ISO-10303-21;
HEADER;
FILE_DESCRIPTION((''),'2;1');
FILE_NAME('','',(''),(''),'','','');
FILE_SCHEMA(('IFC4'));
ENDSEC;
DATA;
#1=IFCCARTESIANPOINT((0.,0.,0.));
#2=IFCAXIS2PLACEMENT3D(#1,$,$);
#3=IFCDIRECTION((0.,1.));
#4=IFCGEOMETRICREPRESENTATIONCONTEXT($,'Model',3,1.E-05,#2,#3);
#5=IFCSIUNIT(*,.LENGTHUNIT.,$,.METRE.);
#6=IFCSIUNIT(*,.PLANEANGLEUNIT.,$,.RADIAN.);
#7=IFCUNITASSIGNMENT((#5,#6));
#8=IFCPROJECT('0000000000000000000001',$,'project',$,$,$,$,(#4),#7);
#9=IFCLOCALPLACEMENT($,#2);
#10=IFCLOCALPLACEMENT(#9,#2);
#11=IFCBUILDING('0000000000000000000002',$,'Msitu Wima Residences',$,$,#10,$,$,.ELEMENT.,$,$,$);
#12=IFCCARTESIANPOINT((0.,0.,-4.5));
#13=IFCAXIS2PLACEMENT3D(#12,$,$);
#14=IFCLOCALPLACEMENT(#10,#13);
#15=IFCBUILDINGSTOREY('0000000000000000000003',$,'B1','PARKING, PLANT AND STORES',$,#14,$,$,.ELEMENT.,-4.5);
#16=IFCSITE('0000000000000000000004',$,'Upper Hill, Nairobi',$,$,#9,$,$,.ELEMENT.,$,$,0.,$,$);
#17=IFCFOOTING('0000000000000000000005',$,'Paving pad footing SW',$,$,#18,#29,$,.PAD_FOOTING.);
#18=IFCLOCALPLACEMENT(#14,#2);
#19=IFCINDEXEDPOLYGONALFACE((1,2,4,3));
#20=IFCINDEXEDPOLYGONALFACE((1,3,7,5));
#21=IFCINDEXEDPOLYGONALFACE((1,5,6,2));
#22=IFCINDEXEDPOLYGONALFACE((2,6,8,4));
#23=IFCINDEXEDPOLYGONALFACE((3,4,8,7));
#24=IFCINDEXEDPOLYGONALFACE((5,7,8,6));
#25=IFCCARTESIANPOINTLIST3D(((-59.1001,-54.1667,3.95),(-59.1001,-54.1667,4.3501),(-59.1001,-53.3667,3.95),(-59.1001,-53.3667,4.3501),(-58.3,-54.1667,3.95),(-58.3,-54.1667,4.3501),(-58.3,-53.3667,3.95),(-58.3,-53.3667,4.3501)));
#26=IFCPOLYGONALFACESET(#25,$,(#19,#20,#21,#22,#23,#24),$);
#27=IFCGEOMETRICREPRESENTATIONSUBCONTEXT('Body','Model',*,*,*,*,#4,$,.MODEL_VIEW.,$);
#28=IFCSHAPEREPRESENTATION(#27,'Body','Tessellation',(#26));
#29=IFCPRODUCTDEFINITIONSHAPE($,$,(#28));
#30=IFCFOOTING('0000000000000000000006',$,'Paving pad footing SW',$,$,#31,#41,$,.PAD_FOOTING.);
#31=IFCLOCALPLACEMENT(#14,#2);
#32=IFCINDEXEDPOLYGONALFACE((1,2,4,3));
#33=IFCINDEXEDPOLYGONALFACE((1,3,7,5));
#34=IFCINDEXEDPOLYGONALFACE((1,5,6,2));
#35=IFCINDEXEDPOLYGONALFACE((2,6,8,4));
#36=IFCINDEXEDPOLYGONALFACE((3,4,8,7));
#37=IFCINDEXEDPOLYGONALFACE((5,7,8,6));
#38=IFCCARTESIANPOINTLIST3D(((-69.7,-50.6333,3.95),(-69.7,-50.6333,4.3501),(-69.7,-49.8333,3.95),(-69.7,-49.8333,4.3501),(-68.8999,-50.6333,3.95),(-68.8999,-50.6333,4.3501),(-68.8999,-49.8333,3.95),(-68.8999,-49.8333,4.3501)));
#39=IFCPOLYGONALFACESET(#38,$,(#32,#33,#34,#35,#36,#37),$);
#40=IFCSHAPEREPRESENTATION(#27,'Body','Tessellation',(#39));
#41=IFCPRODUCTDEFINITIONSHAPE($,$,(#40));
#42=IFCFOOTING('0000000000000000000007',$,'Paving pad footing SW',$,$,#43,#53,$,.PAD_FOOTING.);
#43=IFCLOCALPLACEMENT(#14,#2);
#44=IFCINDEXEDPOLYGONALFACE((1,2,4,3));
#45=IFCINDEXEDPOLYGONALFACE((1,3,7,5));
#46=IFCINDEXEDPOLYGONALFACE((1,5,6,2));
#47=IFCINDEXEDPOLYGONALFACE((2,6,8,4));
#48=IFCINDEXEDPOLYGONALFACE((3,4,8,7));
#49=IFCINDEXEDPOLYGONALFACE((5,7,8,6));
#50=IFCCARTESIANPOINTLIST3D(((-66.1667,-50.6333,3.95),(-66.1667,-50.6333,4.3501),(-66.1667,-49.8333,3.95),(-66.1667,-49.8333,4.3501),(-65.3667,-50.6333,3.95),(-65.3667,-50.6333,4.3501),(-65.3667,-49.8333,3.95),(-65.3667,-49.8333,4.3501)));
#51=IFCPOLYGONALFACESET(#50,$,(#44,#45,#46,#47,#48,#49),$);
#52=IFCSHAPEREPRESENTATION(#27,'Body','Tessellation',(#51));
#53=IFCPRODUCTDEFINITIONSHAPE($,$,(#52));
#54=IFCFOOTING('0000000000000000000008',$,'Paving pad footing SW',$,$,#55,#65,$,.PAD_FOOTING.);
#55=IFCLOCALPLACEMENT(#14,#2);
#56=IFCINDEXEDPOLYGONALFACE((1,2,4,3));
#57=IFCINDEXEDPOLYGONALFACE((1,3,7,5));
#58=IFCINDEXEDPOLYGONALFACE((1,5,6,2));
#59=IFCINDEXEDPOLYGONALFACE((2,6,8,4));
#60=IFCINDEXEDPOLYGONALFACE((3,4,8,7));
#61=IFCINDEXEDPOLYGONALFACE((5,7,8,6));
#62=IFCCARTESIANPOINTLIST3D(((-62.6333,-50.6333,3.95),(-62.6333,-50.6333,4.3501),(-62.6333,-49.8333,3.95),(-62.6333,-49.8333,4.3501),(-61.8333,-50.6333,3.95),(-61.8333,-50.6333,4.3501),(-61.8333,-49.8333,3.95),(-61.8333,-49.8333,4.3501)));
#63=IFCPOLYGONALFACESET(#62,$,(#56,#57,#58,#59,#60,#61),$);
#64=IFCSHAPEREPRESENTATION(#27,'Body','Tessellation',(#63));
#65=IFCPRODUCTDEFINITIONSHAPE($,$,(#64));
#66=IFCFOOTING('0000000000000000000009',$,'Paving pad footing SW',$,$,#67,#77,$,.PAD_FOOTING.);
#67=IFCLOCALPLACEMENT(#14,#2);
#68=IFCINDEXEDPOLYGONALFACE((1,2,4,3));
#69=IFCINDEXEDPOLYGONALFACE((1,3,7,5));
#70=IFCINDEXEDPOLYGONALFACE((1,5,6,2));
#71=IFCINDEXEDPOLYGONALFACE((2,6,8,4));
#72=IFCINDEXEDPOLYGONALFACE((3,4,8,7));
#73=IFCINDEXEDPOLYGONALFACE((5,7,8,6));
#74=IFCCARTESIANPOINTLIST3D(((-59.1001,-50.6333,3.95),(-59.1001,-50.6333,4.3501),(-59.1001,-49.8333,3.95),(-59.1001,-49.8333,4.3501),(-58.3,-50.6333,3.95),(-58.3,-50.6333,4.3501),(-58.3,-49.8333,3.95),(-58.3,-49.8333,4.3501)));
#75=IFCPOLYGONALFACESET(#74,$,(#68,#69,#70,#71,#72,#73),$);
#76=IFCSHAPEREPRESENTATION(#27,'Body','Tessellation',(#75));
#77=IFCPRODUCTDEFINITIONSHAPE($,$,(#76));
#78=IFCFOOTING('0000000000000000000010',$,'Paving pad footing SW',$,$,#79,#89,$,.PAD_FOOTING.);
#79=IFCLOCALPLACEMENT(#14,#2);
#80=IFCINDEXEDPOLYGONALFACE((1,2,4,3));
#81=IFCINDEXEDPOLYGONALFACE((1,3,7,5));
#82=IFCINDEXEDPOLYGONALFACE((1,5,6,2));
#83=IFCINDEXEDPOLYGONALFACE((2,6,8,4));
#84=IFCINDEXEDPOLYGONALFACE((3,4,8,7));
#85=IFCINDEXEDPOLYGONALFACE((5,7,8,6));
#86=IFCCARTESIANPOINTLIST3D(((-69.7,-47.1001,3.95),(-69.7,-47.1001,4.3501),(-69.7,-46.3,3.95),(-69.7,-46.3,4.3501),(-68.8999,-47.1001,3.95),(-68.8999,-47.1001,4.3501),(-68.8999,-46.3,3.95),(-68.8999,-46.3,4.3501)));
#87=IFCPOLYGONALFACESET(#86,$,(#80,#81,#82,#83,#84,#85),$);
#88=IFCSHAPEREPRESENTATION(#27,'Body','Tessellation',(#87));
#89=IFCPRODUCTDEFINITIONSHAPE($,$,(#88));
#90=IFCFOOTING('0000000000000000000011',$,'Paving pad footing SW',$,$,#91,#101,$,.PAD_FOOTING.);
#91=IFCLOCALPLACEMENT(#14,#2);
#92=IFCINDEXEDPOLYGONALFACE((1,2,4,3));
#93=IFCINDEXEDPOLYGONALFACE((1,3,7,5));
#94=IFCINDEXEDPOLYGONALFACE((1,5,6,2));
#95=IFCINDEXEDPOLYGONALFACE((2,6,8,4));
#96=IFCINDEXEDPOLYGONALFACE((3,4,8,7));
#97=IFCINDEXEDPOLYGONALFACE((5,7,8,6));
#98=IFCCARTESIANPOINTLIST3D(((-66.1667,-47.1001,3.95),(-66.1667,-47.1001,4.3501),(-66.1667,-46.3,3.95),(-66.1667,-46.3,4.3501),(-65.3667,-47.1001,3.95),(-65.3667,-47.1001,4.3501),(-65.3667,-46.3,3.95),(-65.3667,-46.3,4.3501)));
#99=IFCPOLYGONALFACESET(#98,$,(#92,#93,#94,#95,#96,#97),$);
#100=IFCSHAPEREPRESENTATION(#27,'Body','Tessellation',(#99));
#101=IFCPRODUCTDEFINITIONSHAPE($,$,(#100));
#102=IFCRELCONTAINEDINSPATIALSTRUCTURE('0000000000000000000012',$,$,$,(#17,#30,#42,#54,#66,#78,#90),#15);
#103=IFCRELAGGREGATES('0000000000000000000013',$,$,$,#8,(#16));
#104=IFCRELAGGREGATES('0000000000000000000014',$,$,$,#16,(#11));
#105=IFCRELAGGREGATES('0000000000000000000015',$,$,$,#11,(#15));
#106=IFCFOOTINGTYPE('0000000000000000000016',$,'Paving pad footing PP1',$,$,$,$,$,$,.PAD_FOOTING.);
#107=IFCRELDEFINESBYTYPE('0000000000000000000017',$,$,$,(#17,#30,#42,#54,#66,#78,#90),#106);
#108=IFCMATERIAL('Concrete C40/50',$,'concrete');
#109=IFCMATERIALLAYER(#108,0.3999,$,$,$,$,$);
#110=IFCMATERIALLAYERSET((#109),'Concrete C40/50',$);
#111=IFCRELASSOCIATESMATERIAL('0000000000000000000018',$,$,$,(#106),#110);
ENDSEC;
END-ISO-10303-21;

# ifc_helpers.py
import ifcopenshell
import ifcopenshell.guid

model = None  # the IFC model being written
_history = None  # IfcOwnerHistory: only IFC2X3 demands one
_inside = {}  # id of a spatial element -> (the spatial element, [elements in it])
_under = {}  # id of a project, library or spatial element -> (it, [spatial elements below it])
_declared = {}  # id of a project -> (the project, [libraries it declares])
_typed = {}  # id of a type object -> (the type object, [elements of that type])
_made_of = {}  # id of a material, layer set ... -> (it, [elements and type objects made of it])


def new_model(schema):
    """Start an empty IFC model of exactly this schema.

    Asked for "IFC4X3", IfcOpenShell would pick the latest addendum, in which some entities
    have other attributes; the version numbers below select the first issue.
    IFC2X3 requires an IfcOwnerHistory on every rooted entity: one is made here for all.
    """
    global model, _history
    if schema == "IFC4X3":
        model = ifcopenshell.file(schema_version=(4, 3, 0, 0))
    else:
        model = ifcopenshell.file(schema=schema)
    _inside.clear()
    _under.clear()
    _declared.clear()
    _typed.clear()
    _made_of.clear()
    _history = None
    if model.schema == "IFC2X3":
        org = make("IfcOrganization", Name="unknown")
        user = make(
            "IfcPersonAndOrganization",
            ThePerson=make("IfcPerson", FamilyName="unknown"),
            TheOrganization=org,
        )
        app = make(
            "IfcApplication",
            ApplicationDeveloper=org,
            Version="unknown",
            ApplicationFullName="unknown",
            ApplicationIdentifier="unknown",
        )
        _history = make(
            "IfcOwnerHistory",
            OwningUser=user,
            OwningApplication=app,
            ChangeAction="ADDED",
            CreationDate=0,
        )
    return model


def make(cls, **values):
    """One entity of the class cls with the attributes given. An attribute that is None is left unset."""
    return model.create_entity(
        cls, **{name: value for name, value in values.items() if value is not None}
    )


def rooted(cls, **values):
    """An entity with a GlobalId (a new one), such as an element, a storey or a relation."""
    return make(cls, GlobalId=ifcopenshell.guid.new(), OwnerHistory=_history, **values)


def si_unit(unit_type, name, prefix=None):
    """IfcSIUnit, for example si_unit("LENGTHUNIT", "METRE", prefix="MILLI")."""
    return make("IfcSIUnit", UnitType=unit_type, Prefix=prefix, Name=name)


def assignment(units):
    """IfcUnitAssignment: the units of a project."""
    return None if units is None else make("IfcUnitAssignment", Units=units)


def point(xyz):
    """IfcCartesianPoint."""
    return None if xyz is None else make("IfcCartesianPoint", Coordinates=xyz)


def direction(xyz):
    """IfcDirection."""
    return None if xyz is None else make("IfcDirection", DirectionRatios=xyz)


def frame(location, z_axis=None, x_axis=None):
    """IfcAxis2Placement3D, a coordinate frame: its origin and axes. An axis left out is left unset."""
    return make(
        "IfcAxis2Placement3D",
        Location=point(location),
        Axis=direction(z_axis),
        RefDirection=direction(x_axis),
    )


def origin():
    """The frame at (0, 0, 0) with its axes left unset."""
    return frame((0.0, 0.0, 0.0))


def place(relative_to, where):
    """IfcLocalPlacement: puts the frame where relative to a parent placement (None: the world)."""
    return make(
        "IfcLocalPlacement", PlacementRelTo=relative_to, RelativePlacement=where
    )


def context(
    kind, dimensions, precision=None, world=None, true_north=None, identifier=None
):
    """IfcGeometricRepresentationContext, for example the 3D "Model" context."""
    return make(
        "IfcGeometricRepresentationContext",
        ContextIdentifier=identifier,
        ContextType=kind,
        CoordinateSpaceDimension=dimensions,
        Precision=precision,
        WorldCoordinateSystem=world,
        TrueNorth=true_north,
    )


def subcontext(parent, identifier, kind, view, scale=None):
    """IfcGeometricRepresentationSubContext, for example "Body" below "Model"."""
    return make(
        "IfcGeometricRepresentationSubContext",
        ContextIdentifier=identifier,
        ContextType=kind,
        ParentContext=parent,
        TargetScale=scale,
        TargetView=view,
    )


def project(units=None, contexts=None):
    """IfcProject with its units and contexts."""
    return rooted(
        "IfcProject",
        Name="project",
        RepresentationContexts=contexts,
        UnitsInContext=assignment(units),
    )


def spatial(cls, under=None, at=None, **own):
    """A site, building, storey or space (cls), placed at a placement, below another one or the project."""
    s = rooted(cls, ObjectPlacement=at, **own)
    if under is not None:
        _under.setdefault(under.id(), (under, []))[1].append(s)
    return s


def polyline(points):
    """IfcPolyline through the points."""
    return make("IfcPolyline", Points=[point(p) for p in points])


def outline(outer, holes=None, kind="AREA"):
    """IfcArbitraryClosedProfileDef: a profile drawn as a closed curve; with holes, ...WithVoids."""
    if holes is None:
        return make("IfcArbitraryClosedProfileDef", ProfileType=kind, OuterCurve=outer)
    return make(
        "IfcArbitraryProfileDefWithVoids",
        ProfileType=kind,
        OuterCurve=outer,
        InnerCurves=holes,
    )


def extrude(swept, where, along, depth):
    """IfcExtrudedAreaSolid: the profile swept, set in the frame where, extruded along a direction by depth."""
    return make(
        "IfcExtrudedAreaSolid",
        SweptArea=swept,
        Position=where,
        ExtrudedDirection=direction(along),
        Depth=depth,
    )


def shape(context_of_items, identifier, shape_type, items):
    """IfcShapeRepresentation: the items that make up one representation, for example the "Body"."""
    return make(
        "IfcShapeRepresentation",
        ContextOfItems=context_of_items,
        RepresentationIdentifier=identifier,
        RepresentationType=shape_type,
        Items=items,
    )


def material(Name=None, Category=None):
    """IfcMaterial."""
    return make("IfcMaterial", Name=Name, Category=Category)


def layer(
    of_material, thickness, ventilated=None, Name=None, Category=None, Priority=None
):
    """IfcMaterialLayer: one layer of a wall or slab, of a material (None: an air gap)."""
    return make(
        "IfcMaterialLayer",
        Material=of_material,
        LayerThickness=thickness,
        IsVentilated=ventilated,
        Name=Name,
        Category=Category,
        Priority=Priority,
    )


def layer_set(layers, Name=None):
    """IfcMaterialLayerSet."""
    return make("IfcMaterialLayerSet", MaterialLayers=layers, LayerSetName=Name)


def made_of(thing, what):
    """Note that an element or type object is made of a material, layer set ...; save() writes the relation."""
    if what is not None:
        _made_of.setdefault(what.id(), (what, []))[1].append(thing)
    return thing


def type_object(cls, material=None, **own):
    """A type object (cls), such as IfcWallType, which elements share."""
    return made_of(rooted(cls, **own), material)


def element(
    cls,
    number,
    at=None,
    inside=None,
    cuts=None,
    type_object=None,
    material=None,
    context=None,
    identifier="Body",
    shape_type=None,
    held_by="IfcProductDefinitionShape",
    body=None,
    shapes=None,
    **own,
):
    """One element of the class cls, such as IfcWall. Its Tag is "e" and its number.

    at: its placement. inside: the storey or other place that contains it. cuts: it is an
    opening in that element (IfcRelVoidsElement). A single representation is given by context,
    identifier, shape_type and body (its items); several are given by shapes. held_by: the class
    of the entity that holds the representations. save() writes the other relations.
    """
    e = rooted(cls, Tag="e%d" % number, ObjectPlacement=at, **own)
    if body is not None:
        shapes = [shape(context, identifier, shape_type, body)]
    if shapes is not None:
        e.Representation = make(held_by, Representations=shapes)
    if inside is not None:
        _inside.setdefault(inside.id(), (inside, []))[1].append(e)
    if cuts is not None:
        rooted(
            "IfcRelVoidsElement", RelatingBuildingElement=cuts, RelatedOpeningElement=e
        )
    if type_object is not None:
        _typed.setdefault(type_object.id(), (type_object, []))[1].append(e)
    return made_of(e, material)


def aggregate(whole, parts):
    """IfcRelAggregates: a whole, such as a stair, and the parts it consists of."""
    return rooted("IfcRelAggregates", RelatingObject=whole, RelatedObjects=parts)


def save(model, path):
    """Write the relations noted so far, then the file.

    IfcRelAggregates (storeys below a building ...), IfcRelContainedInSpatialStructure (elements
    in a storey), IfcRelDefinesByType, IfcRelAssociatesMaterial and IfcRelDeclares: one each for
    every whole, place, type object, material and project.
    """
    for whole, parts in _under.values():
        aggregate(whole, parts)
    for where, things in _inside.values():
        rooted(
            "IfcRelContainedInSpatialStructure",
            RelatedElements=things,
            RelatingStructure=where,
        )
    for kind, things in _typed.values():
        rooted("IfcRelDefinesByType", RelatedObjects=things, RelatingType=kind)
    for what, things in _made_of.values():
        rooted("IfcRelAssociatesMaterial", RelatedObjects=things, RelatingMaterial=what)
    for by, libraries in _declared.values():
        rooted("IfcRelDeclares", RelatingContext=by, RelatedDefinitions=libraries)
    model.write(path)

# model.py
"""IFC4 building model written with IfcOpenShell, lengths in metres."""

from ifc_helpers import new_model, si_unit, direction, frame, origin, place, context, subcontext, project, spatial, polyline, outline, extrude, material, layer, layer_set, type_object, element, save


model = new_model("IFC4")

# Units and contexts
model_context = context("Model", 3, precision=1e-05, world=origin(), true_north=direction((0.0, 1.0)))
body_context = subcontext(model_context, "Body", "Model", "MODEL_VIEW")
ifc_project = project(units=[si_unit("LENGTHUNIT", "METRE"), si_unit("PLANEANGLEUNIT", "RADIAN")], contexts=[model_context])

# Site, building, storey
site_placement = place(None, origin())
site = spatial("IfcSite", under=ifc_project, at=site_placement, Name="Upper Hill, Nairobi", CompositionType="ELEMENT", RefElevation=0.0)
building_placement = place(site_placement, origin())
building = spatial("IfcBuilding", under=site, at=building_placement, Name="Msitu Wima Residences", CompositionType="ELEMENT")
storey_placement = place(building_placement, frame((0.0, 0.0, -4.5)))
storey = spatial("IfcBuildingStorey", under=building, at=storey_placement, Name="B1", Description="PARKING, PLANT AND STORES", CompositionType="ELEMENT", Elevation=-4.5)

# Footings
ifc_material = material(Name="Concrete C40/50", Category="concrete")
ifc_layer = layer(ifc_material, 0.3999)
ifc_layer_set = layer_set([ifc_layer], Name="Concrete C40/50")
footing_type = type_object("IfcFootingType", Name="Paving pad footing PP1", PredefinedType="PAD_FOOTING", material=ifc_layer_set)
footing_1_placement = place(storey_placement, frame((0.0, 0.0, 3.95)))
element("IfcFooting", 1, at=footing_1_placement, inside=storey, type_object=footing_type, Name="Paving pad footing SW", PredefinedType="PAD_FOOTING", context=body_context, shape_type="SweptSolid", body=[
    extrude(outline(polyline([(-58.3, -54.1667), (-58.3, -53.3667), (-59.1001, -53.3667), (-59.1001, -54.1667), (-58.3, -54.1667)])), origin(), (0.0, 0.0, 1.0), 0.4001),
])
footing_2_placement = place(storey_placement, frame((0.0, 0.0, 3.95)))
element("IfcFooting", 2, at=footing_2_placement, inside=storey, type_object=footing_type, Name="Paving pad footing SW", PredefinedType="PAD_FOOTING", context=body_context, shape_type="SweptSolid", body=[
    extrude(outline(polyline([(-68.8999, -50.6333), (-68.8999, -49.8333), (-69.7, -49.8333), (-69.7, -50.6333), (-68.8999, -50.6333)])), origin(), (0.0, 0.0, 1.0), 0.4001),
])
footing_3_placement = place(storey_placement, frame((0.0, 0.0, 3.95)))
element("IfcFooting", 3, at=footing_3_placement, inside=storey, type_object=footing_type, Name="Paving pad footing SW", PredefinedType="PAD_FOOTING", context=body_context, shape_type="SweptSolid", body=[
    extrude(outline(polyline([(-65.3667, -50.6333), (-65.3667, -49.8333), (-66.1667, -49.8333), (-66.1667, -50.6333), (-65.3667, -50.6333)])), origin(), (0.0, 0.0, 1.0), 0.4001),
])
footing_4_placement = place(storey_placement, frame((0.0, 0.0, 3.95)))
element("IfcFooting", 4, at=footing_4_placement, inside=storey, type_object=footing_type, Name="Paving pad footing SW", PredefinedType="PAD_FOOTING", context=body_context, shape_type="SweptSolid", body=[
    extrude(outline(polyline([(-61.8333, -50.6333), (-61.8333, -49.8333), (-62.6333, -49.8333), (-62.6333, -50.6333), (-61.8333, -50.6333)])), origin(), (0.0, 0.0, 1.0), 0.4001),
])
footing_5_placement = place(storey_placement, frame((0.0, 0.0, 3.95)))
element("IfcFooting", 5, at=footing_5_placement, inside=storey, type_object=footing_type, Name="Paving pad footing SW", PredefinedType="PAD_FOOTING", context=body_context, shape_type="SweptSolid", body=[
    extrude(outline(polyline([(-58.3, -50.6333), (-58.3, -49.8333), (-59.1001, -49.8333), (-59.1001, -50.6333), (-58.3, -50.6333)])), origin(), (0.0, 0.0, 1.0), 0.4001),
])
footing_6_placement = place(storey_placement, frame((0.0, 0.0, 3.95)))
element("IfcFooting", 6, at=footing_6_placement, inside=storey, type_object=footing_type, Name="Paving pad footing SW", PredefinedType="PAD_FOOTING", context=body_context, shape_type="SweptSolid", body=[
    extrude(outline(polyline([(-68.8999, -47.1001), (-68.8999, -46.3), (-69.7, -46.3), (-69.7, -47.1001), (-68.8999, -47.1001)])), origin(), (0.0, 0.0, 1.0), 0.4001),
])
footing_7_placement = place(storey_placement, frame((0.0, 0.0, 3.95)))
element("IfcFooting", 7, at=footing_7_placement, inside=storey, type_object=footing_type, Name="Paving pad footing SW", PredefinedType="PAD_FOOTING", context=body_context, shape_type="SweptSolid", body=[
    extrude(outline(polyline([(-65.3667, -47.1001), (-65.3667, -46.3), (-66.1667, -46.3), (-66.1667, -47.1001), (-65.3667, -47.1001)])), origin(), (0.0, 0.0, 1.0), 0.4001),
])

save(model, "model.ifc")
